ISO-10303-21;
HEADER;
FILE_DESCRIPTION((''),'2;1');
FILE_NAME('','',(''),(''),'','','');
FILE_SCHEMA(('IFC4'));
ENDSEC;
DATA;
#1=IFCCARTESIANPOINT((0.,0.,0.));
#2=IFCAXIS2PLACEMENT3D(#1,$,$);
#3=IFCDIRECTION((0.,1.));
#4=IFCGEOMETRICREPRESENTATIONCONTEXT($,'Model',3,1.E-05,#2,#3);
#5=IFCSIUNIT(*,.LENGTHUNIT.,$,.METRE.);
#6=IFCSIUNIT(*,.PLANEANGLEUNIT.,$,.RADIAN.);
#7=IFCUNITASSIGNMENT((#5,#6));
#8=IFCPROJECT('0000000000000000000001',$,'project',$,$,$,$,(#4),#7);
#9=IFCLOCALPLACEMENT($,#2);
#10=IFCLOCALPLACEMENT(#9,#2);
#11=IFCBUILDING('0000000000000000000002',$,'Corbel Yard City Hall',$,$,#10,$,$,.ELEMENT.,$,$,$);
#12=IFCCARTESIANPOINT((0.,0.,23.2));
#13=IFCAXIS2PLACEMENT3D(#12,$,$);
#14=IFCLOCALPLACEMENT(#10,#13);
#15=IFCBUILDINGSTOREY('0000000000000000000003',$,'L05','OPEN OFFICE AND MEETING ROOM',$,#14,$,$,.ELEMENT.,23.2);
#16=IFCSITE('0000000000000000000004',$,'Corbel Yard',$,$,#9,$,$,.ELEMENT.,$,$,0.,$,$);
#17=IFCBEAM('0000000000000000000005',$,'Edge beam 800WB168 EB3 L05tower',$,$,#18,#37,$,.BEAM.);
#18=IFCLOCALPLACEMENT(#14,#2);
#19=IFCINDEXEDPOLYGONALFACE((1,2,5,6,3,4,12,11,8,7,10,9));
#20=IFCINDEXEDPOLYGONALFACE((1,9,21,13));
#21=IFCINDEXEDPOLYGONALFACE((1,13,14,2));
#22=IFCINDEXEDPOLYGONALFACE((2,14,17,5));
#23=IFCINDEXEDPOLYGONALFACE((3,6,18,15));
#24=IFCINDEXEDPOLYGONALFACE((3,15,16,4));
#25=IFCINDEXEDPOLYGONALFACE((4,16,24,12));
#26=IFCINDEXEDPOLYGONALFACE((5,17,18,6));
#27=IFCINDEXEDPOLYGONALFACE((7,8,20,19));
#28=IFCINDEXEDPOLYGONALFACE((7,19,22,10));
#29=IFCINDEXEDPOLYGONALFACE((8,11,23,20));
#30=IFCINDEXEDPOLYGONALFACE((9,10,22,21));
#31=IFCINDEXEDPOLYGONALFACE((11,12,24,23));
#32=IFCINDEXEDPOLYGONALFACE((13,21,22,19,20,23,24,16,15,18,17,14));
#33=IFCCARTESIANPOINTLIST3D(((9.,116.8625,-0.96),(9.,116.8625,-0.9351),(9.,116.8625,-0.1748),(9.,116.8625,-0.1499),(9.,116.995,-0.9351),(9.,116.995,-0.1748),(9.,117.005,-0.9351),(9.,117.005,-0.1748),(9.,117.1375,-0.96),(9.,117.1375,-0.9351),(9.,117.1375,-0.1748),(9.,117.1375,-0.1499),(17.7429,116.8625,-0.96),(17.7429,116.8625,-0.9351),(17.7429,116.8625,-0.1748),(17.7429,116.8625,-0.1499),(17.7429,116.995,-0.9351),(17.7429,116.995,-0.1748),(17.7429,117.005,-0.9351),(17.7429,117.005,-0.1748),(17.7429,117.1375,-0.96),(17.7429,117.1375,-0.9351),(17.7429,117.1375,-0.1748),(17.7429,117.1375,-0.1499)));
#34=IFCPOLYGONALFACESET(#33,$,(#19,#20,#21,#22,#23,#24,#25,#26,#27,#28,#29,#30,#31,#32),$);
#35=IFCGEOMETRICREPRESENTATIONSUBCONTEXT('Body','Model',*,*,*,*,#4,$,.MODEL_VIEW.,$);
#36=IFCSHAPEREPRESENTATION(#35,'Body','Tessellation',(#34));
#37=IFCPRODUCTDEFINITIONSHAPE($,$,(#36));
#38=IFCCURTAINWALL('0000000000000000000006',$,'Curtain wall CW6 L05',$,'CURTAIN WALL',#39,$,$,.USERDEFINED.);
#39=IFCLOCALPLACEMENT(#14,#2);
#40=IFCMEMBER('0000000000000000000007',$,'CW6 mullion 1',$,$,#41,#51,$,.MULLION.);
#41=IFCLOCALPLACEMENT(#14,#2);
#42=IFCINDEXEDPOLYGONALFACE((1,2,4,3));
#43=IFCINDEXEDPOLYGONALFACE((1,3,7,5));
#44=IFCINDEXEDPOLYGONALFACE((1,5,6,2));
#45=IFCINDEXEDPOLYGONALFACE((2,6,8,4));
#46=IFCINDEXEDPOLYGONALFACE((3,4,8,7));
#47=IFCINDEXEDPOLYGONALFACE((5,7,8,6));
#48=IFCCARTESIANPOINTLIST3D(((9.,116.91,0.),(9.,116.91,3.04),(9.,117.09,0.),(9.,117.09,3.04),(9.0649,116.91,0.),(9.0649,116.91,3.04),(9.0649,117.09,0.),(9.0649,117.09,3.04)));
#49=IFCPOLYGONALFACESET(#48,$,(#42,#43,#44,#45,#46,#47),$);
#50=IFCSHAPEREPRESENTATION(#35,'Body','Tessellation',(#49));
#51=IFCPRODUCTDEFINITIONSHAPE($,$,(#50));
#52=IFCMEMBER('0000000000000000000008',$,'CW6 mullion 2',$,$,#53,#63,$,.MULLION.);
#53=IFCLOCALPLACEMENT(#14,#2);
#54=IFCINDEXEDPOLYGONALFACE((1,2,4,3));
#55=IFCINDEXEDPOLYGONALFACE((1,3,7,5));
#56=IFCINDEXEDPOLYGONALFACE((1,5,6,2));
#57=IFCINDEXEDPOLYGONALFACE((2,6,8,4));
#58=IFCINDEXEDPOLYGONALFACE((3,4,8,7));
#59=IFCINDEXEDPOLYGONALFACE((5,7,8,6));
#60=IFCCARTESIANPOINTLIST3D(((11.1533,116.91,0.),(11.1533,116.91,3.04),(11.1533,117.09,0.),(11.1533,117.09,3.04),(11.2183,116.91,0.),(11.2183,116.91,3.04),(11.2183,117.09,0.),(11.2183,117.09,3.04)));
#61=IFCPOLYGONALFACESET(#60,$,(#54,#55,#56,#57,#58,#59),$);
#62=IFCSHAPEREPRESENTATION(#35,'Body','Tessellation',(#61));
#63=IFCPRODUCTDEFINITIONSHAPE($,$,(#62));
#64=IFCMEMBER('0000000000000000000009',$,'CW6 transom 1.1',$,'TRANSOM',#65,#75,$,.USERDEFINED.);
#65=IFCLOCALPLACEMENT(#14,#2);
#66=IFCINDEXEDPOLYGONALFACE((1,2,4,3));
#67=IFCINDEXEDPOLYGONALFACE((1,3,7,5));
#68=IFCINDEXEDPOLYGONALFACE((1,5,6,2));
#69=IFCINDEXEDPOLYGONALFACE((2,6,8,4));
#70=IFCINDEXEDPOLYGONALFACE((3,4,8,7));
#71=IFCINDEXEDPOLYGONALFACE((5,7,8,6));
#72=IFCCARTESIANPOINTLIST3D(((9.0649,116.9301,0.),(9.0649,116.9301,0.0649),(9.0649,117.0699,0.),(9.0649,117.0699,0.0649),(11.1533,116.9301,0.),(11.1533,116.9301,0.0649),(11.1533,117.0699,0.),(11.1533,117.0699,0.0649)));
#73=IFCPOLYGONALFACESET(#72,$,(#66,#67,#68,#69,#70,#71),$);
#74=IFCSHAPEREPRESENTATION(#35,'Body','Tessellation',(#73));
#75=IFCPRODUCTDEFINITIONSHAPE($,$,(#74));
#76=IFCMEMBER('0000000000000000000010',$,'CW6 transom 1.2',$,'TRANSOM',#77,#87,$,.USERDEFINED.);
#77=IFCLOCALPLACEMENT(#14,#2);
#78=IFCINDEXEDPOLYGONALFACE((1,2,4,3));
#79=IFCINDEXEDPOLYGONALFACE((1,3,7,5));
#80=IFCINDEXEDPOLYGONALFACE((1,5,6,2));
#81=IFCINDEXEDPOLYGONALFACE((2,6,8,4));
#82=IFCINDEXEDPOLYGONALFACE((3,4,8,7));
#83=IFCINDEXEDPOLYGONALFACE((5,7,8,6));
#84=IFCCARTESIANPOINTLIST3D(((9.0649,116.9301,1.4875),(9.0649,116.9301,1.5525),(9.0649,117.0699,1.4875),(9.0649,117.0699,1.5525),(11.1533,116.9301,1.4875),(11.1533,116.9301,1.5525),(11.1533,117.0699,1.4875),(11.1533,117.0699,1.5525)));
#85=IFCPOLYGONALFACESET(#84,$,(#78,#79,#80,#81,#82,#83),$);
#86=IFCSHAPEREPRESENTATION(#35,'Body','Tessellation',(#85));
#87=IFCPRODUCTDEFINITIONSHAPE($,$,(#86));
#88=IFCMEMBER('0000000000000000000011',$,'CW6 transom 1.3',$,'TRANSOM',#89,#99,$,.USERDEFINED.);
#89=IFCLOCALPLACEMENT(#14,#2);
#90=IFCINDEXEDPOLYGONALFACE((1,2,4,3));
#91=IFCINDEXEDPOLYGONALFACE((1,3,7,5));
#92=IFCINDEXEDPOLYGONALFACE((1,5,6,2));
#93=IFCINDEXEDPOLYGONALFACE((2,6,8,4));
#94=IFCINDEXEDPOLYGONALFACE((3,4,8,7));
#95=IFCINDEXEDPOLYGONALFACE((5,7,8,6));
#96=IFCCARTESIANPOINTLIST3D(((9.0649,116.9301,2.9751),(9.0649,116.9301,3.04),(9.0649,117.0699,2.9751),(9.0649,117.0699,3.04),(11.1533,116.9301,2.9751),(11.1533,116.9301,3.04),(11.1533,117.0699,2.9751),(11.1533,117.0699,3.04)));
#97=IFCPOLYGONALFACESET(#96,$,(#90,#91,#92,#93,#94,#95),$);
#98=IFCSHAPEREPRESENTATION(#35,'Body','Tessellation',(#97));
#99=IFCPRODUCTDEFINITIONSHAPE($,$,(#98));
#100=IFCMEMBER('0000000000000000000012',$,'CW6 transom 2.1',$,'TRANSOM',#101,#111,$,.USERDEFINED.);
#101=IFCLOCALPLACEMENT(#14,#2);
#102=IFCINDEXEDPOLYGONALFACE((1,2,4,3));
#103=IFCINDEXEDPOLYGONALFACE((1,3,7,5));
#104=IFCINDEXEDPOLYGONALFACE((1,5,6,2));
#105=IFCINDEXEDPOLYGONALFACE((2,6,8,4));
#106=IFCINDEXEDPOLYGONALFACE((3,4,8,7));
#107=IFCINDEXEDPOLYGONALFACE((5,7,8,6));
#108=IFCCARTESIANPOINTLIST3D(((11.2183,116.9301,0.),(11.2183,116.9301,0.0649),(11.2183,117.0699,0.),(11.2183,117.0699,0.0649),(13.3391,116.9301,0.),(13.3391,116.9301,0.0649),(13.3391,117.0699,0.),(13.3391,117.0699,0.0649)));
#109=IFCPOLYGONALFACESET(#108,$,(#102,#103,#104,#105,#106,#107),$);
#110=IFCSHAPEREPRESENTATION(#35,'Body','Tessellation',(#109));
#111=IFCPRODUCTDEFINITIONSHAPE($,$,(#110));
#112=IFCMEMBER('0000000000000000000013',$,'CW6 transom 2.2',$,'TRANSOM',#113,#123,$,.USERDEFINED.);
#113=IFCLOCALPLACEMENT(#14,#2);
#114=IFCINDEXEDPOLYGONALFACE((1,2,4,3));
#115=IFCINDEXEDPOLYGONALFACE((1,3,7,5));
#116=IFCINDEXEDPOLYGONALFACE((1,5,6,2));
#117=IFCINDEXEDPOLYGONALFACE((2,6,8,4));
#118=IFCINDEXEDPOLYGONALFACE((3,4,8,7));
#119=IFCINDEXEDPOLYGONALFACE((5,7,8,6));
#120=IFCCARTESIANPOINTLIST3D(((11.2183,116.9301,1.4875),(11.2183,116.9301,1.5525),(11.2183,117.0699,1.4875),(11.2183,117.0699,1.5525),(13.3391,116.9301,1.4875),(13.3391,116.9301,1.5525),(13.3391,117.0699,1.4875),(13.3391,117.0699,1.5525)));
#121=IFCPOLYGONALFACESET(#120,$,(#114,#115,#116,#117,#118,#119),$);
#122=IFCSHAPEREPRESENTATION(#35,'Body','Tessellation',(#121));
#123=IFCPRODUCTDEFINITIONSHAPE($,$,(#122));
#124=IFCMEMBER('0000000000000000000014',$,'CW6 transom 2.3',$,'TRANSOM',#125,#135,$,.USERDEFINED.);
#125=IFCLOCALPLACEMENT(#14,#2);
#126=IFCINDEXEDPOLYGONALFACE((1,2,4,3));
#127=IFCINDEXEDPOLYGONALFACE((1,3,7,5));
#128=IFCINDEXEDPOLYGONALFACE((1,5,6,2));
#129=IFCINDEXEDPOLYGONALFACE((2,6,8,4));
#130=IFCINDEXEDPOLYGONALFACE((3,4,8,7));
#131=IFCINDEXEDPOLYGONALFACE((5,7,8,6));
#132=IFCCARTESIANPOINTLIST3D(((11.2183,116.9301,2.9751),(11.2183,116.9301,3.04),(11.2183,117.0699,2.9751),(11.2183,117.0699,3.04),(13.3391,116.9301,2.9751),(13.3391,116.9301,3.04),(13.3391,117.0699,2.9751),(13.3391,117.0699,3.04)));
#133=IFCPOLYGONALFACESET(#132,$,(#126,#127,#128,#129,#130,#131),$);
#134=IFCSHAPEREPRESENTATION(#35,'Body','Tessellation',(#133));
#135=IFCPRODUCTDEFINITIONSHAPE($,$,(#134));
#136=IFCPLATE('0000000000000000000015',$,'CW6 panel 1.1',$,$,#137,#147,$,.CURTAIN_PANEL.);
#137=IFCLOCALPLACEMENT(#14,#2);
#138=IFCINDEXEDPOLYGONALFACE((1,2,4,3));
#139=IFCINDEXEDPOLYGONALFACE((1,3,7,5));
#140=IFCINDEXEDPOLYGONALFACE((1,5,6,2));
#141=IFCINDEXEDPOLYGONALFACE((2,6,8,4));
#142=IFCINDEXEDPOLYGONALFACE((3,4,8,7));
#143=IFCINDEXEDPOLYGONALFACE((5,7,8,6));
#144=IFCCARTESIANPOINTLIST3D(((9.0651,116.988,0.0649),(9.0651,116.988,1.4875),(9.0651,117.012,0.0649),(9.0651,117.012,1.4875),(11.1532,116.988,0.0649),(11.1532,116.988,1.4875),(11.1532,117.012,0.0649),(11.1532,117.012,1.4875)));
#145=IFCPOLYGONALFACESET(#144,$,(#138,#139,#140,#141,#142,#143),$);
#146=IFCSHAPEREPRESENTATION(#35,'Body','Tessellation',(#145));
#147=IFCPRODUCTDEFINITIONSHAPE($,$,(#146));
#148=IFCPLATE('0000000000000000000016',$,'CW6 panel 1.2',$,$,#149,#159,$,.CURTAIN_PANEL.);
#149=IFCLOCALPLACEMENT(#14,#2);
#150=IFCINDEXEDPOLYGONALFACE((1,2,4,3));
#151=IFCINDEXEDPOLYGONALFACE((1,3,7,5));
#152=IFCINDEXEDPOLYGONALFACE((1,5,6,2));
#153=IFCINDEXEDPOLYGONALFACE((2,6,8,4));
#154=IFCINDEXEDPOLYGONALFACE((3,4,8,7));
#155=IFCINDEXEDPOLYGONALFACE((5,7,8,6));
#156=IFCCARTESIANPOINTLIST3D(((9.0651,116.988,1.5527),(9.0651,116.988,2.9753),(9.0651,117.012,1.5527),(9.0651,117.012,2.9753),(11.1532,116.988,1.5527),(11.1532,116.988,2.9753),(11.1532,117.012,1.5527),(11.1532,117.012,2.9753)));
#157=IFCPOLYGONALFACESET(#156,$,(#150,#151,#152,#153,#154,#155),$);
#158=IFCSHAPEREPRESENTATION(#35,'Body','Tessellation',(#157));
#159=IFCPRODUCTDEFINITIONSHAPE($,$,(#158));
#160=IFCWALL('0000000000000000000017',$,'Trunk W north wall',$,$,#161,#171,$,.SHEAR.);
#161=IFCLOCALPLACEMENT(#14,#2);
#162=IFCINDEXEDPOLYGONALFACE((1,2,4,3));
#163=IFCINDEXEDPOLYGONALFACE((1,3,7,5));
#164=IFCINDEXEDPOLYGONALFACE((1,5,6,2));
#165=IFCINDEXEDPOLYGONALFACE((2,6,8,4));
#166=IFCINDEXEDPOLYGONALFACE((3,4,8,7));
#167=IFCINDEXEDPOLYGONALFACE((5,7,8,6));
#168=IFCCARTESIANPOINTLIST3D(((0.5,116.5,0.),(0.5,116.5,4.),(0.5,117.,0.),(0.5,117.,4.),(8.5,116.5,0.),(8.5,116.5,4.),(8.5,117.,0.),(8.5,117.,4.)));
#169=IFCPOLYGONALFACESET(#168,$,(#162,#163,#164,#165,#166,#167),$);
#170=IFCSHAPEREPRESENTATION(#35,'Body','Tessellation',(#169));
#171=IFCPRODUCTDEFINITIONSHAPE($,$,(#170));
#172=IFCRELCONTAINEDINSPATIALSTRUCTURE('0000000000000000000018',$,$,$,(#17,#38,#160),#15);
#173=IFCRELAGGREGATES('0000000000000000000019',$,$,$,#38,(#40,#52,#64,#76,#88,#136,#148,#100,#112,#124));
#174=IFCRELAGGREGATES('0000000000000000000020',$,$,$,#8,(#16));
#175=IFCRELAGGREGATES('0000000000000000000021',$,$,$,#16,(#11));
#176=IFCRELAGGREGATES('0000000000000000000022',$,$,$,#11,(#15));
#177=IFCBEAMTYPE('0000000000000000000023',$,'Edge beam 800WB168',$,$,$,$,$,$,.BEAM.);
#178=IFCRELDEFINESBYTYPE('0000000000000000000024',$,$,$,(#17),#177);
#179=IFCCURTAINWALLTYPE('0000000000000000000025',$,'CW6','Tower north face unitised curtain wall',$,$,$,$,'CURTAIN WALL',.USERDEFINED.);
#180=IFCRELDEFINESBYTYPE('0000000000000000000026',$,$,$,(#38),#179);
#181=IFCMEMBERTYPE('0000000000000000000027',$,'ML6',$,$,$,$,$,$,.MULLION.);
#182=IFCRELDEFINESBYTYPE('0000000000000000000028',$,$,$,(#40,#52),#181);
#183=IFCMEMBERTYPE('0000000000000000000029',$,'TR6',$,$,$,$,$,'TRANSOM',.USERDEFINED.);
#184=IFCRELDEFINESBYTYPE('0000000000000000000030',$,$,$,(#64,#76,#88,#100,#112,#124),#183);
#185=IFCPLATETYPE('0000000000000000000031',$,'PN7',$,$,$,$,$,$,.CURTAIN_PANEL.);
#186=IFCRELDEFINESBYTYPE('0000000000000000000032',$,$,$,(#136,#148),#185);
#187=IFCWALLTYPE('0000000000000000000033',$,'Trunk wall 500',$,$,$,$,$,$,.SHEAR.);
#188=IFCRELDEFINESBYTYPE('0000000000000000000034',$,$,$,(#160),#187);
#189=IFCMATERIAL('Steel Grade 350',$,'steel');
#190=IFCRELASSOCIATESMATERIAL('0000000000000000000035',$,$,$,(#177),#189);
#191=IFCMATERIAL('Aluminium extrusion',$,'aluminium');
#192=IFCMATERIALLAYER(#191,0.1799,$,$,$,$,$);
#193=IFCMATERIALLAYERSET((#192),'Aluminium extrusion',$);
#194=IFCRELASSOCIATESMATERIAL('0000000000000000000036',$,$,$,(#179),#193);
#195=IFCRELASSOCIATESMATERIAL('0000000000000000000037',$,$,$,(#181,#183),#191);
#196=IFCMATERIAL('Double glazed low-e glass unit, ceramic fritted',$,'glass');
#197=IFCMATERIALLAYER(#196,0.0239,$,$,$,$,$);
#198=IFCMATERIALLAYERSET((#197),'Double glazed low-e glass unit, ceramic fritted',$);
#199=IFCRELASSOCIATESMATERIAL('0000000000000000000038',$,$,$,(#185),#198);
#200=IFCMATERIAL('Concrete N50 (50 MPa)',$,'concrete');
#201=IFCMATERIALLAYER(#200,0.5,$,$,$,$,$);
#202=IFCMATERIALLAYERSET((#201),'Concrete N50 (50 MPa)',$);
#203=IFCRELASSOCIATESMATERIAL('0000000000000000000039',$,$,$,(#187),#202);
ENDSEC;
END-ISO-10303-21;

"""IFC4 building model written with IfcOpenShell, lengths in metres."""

from ifc_helpers import new_model, si_unit, direction, frame, frame_2d, origin, origin_2d, place, context, subcontext, project, spatial, rectangle, i_section, extrude, material, layer, layer_set, material_profile, profile_set, type_object, element, aggregate, save


model = new_model("IFC4")

# Units and contexts
model_context = context("Model", 3, precision=1e-05, world=origin(), true_north=direction((0.0, 1.0)))
body_context = subcontext(model_context, "Body", "Model", "MODEL_VIEW")
ifc_project = project(units=[si_unit("LENGTHUNIT", "METRE"), si_unit("PLANEANGLEUNIT", "RADIAN")], contexts=[model_context])

# Site, building, storey
site_placement = place(None, origin())
site = spatial("IfcSite", under=ifc_project, at=site_placement, Name="Corbel Yard", CompositionType="ELEMENT", RefElevation=0.0)
building_placement = place(site_placement, origin())
building = spatial("IfcBuilding", under=site, at=building_placement, Name="Corbel Yard City Hall", CompositionType="ELEMENT")
storey_placement = place(building_placement, frame((0.0, 0.0, 23.2)))
storey = spatial("IfcBuildingStorey", under=building, at=storey_placement, Name="L05", Description="OPEN OFFICE AND MEETING ROOM", CompositionType="ELEMENT", Elevation=23.2)

# Beam
ifc_material_1 = material(Name="Steel Grade 350", Category="steel")
ifc_material_profile_1 = material_profile(ifc_material_1, i_section(OverallWidth=0.2749, OverallDepth=0.8101, WebThickness=0.01, FlangeThickness=0.0249, at=origin_2d()), Name="800WB168")
ifc_profile_set_1 = profile_set([ifc_material_profile_1], Name="Steel Grade 350")
beam_type = type_object("IfcBeamType", Name="Edge beam 800WB168", PredefinedType="BEAM", material=ifc_profile_set_1)
beam_placement = place(storey_placement, frame((9.0, 117.0, -0.5549), z_axis=(1.0, 0.0, 0.0), x_axis=(0.0, 1.0, 0.0)))
element("IfcBeam", 1, at=beam_placement, inside=storey, type_object=beam_type, Name="Edge beam 800WB168 EB3 L05tower", PredefinedType="BEAM", context=body_context, shape_type="SweptSolid", body=[
    extrude(i_section(OverallWidth=0.2749, OverallDepth=0.8101, WebThickness=0.01, FlangeThickness=0.0249, at=origin_2d()), origin(), (0.0, 0.0, 1.0), 8.7429),
])

# Curtain wall, members, plates
ifc_material_2 = material(Name="Aluminium extrusion", Category="aluminium")
ifc_layer_1 = layer(ifc_material_2, 0.1799)
ifc_layer_set_1 = layer_set([ifc_layer_1], Name="Aluminium extrusion")
curtain_wall_type = type_object("IfcCurtainWallType", Name="CW6", Description="Tower north face unitised curtain wall", ElementType="CURTAIN WALL", PredefinedType="USERDEFINED", material=ifc_layer_set_1)
curtain_wall_placement = place(storey_placement, origin())
curtain_wall = element("IfcCurtainWall", 2, at=curtain_wall_placement, inside=storey, type_object=curtain_wall_type, Name="Curtain wall CW6 L05", ObjectType="CURTAIN WALL", PredefinedType="USERDEFINED")
ifc_material_profile_2 = material_profile(ifc_material_2, rectangle(XDim=0.1799, YDim=0.0649, at=origin_2d()), Name="180x65")
ifc_profile_set_2 = profile_set([ifc_material_profile_2], Name="Aluminium extrusion")
member_type_1 = type_object("IfcMemberType", Name="ML6", PredefinedType="MULLION", material=ifc_profile_set_2)
member_1_placement = place(storey_placement, frame((9.0325, 117.0, 0.0), z_axis=(0.0, 0.0, 1.0), x_axis=(0.0, 1.0, 0.0)))
member_1 = element("IfcMember", 3, at=member_1_placement, type_object=member_type_1, Name="CW6 mullion 1", PredefinedType="MULLION", context=body_context, shape_type="SweptSolid", body=[
    extrude(rectangle(XDim=0.1799, YDim=0.0649, at=origin_2d()), origin(), (0.0, 0.0, 1.0), 3.04),
])
member_2_placement = place(storey_placement, frame((11.1858, 117.0, 0.0), z_axis=(0.0, 0.0, 1.0), x_axis=(0.0, 1.0, 0.0)))
member_2 = element("IfcMember", 4, at=member_2_placement, type_object=member_type_1, Name="CW6 mullion 2", PredefinedType="MULLION", context=body_context, shape_type="SweptSolid", body=[
    extrude(rectangle(XDim=0.1799, YDim=0.0649, at=origin_2d()), origin(), (0.0, 0.0, 1.0), 3.04),
])
ifc_material_profile_3 = material_profile(ifc_material_2, rectangle(XDim=0.1399, YDim=0.0649, at=origin_2d()), Name="140x65")
ifc_profile_set_3 = profile_set([ifc_material_profile_3], Name="Aluminium extrusion")
member_type_2 = type_object("IfcMemberType", Name="TR6", ElementType="TRANSOM", PredefinedType="USERDEFINED", material=ifc_profile_set_3)
member_3_placement = place(storey_placement, frame((9.0649, 117.0, 0.0325), z_axis=(1.0, 0.0, 0.0), x_axis=(0.0, 1.0, 0.0)))
member_3 = element("IfcMember", 5, at=member_3_placement, type_object=member_type_2, Name="CW6 transom 1.1", ObjectType="TRANSOM", PredefinedType="USERDEFINED", context=body_context, shape_type="SweptSolid", body=[
    extrude(rectangle(XDim=0.1399, YDim=0.0649, at=origin_2d()), origin(), (0.0, 0.0, 1.0), 2.0884),
])
member_4_placement = place(storey_placement, frame((9.0649, 117.0, 1.52), z_axis=(1.0, 0.0, 0.0), x_axis=(0.0, 1.0, 0.0)))
member_4 = element("IfcMember", 6, at=member_4_placement, type_object=member_type_2, Name="CW6 transom 1.2", ObjectType="TRANSOM", PredefinedType="USERDEFINED", context=body_context, shape_type="SweptSolid", body=[
    extrude(rectangle(XDim=0.1399, YDim=0.0649, at=origin_2d()), origin(), (0.0, 0.0, 1.0), 2.0884),
])
member_5_placement = place(storey_placement, frame((9.0649, 117.0, 3.0076), z_axis=(1.0, 0.0, 0.0), x_axis=(0.0, 1.0, 0.0)))
member_5 = element("IfcMember", 7, at=member_5_placement, type_object=member_type_2, Name="CW6 transom 1.3", ObjectType="TRANSOM", PredefinedType="USERDEFINED", context=body_context, shape_type="SweptSolid", body=[
    extrude(rectangle(XDim=0.1399, YDim=0.0649, at=origin_2d()), origin(), (0.0, 0.0, 1.0), 2.0884),
])
member_6_placement = place(storey_placement, frame((11.2183, 117.0, 0.0325), z_axis=(1.0, 0.0, 0.0), x_axis=(0.0, 1.0, 0.0)))
member_6 = element("IfcMember", 8, at=member_6_placement, type_object=member_type_2, Name="CW6 transom 2.1", ObjectType="TRANSOM", PredefinedType="USERDEFINED", context=body_context, shape_type="SweptSolid", body=[
    extrude(rectangle(XDim=0.1399, YDim=0.0649, at=origin_2d()), origin(), (0.0, 0.0, 1.0), 2.1208),
])
member_7_placement = place(storey_placement, frame((11.2183, 117.0, 1.52), z_axis=(1.0, 0.0, 0.0), x_axis=(0.0, 1.0, 0.0)))
member_7 = element("IfcMember", 9, at=member_7_placement, type_object=member_type_2, Name="CW6 transom 2.2", ObjectType="TRANSOM", PredefinedType="USERDEFINED", context=body_context, shape_type="SweptSolid", body=[
    extrude(rectangle(XDim=0.1399, YDim=0.0649, at=origin_2d()), origin(), (0.0, 0.0, 1.0), 2.1208),
])
member_8_placement = place(storey_placement, frame((11.2183, 117.0, 3.0076), z_axis=(1.0, 0.0, 0.0), x_axis=(0.0, 1.0, 0.0)))
member_8 = element("IfcMember", 10, at=member_8_placement, type_object=member_type_2, Name="CW6 transom 2.3", ObjectType="TRANSOM", PredefinedType="USERDEFINED", context=body_context, shape_type="SweptSolid", body=[
    extrude(rectangle(XDim=0.1399, YDim=0.0649, at=origin_2d()), origin(), (0.0, 0.0, 1.0), 2.1208),
])
ifc_material_3 = material(Name="Double glazed low-e glass unit, ceramic fritted", Category="glass")
ifc_layer_2 = layer(ifc_material_3, 0.0239)
ifc_layer_set_2 = layer_set([ifc_layer_2], Name="Double glazed low-e glass unit, ceramic fritted")
plate_type = type_object("IfcPlateType", Name="PN7", PredefinedType="CURTAIN_PANEL", material=ifc_layer_set_2)
plate_1_placement = place(storey_placement, frame((10.1091, 117.0, 0.0649), z_axis=(0.0, 0.0, 1.0), x_axis=(1.0, 0.0, 0.0)))
plate_1 = element("IfcPlate", 11, at=plate_1_placement, type_object=plate_type, Name="CW6 panel 1.1", PredefinedType="CURTAIN_PANEL", context=body_context, shape_type="SweptSolid", body=[
    extrude(rectangle(XDim=2.0881, YDim=0.0239, at=origin_2d()), origin(), (0.0, 0.0, 1.0), 1.4226),
])
plate_2_placement = place(storey_placement, frame((10.1091, 117.0, 1.5527), z_axis=(0.0, 0.0, 1.0), x_axis=(1.0, 0.0, 0.0)))
plate_2 = element("IfcPlate", 12, at=plate_2_placement, type_object=plate_type, Name="CW6 panel 1.2", PredefinedType="CURTAIN_PANEL", context=body_context, shape_type="SweptSolid", body=[
    extrude(rectangle(XDim=2.0881, YDim=0.0239, at=origin_2d()), origin(), (0.0, 0.0, 1.0), 1.4226),
])
aggregate(curtain_wall, [member_1, member_2, member_3, member_4, member_5, plate_1, plate_2, member_6, member_7, member_8])

# Wall
ifc_material_4 = material(Name="Concrete N50 (50 MPa)", Category="concrete")
ifc_layer_3 = layer(ifc_material_4, 0.5)
ifc_layer_set_3 = layer_set([ifc_layer_3], Name="Concrete N50 (50 MPa)")
wall_type = type_object("IfcWallType", Name="Trunk wall 500", PredefinedType="SHEAR", material=ifc_layer_set_3)
wall_placement = place(storey_placement, frame((0.5, 116.75, 0.0), z_axis=(0.0, 0.0, 1.0), x_axis=(1.0, 0.0, 0.0)))
element("IfcWall", 13, at=wall_placement, inside=storey, type_object=wall_type, Name="Trunk W north wall", PredefinedType="SHEAR", context=body_context, shape_type="SweptSolid", body=[
    extrude(rectangle(XDim=8.0, YDim=0.5, at=frame_2d((4.0, 0.0))), origin(), (0.0, 0.0, 1.0), 4.0),
])

save(model, "model.ifc")
